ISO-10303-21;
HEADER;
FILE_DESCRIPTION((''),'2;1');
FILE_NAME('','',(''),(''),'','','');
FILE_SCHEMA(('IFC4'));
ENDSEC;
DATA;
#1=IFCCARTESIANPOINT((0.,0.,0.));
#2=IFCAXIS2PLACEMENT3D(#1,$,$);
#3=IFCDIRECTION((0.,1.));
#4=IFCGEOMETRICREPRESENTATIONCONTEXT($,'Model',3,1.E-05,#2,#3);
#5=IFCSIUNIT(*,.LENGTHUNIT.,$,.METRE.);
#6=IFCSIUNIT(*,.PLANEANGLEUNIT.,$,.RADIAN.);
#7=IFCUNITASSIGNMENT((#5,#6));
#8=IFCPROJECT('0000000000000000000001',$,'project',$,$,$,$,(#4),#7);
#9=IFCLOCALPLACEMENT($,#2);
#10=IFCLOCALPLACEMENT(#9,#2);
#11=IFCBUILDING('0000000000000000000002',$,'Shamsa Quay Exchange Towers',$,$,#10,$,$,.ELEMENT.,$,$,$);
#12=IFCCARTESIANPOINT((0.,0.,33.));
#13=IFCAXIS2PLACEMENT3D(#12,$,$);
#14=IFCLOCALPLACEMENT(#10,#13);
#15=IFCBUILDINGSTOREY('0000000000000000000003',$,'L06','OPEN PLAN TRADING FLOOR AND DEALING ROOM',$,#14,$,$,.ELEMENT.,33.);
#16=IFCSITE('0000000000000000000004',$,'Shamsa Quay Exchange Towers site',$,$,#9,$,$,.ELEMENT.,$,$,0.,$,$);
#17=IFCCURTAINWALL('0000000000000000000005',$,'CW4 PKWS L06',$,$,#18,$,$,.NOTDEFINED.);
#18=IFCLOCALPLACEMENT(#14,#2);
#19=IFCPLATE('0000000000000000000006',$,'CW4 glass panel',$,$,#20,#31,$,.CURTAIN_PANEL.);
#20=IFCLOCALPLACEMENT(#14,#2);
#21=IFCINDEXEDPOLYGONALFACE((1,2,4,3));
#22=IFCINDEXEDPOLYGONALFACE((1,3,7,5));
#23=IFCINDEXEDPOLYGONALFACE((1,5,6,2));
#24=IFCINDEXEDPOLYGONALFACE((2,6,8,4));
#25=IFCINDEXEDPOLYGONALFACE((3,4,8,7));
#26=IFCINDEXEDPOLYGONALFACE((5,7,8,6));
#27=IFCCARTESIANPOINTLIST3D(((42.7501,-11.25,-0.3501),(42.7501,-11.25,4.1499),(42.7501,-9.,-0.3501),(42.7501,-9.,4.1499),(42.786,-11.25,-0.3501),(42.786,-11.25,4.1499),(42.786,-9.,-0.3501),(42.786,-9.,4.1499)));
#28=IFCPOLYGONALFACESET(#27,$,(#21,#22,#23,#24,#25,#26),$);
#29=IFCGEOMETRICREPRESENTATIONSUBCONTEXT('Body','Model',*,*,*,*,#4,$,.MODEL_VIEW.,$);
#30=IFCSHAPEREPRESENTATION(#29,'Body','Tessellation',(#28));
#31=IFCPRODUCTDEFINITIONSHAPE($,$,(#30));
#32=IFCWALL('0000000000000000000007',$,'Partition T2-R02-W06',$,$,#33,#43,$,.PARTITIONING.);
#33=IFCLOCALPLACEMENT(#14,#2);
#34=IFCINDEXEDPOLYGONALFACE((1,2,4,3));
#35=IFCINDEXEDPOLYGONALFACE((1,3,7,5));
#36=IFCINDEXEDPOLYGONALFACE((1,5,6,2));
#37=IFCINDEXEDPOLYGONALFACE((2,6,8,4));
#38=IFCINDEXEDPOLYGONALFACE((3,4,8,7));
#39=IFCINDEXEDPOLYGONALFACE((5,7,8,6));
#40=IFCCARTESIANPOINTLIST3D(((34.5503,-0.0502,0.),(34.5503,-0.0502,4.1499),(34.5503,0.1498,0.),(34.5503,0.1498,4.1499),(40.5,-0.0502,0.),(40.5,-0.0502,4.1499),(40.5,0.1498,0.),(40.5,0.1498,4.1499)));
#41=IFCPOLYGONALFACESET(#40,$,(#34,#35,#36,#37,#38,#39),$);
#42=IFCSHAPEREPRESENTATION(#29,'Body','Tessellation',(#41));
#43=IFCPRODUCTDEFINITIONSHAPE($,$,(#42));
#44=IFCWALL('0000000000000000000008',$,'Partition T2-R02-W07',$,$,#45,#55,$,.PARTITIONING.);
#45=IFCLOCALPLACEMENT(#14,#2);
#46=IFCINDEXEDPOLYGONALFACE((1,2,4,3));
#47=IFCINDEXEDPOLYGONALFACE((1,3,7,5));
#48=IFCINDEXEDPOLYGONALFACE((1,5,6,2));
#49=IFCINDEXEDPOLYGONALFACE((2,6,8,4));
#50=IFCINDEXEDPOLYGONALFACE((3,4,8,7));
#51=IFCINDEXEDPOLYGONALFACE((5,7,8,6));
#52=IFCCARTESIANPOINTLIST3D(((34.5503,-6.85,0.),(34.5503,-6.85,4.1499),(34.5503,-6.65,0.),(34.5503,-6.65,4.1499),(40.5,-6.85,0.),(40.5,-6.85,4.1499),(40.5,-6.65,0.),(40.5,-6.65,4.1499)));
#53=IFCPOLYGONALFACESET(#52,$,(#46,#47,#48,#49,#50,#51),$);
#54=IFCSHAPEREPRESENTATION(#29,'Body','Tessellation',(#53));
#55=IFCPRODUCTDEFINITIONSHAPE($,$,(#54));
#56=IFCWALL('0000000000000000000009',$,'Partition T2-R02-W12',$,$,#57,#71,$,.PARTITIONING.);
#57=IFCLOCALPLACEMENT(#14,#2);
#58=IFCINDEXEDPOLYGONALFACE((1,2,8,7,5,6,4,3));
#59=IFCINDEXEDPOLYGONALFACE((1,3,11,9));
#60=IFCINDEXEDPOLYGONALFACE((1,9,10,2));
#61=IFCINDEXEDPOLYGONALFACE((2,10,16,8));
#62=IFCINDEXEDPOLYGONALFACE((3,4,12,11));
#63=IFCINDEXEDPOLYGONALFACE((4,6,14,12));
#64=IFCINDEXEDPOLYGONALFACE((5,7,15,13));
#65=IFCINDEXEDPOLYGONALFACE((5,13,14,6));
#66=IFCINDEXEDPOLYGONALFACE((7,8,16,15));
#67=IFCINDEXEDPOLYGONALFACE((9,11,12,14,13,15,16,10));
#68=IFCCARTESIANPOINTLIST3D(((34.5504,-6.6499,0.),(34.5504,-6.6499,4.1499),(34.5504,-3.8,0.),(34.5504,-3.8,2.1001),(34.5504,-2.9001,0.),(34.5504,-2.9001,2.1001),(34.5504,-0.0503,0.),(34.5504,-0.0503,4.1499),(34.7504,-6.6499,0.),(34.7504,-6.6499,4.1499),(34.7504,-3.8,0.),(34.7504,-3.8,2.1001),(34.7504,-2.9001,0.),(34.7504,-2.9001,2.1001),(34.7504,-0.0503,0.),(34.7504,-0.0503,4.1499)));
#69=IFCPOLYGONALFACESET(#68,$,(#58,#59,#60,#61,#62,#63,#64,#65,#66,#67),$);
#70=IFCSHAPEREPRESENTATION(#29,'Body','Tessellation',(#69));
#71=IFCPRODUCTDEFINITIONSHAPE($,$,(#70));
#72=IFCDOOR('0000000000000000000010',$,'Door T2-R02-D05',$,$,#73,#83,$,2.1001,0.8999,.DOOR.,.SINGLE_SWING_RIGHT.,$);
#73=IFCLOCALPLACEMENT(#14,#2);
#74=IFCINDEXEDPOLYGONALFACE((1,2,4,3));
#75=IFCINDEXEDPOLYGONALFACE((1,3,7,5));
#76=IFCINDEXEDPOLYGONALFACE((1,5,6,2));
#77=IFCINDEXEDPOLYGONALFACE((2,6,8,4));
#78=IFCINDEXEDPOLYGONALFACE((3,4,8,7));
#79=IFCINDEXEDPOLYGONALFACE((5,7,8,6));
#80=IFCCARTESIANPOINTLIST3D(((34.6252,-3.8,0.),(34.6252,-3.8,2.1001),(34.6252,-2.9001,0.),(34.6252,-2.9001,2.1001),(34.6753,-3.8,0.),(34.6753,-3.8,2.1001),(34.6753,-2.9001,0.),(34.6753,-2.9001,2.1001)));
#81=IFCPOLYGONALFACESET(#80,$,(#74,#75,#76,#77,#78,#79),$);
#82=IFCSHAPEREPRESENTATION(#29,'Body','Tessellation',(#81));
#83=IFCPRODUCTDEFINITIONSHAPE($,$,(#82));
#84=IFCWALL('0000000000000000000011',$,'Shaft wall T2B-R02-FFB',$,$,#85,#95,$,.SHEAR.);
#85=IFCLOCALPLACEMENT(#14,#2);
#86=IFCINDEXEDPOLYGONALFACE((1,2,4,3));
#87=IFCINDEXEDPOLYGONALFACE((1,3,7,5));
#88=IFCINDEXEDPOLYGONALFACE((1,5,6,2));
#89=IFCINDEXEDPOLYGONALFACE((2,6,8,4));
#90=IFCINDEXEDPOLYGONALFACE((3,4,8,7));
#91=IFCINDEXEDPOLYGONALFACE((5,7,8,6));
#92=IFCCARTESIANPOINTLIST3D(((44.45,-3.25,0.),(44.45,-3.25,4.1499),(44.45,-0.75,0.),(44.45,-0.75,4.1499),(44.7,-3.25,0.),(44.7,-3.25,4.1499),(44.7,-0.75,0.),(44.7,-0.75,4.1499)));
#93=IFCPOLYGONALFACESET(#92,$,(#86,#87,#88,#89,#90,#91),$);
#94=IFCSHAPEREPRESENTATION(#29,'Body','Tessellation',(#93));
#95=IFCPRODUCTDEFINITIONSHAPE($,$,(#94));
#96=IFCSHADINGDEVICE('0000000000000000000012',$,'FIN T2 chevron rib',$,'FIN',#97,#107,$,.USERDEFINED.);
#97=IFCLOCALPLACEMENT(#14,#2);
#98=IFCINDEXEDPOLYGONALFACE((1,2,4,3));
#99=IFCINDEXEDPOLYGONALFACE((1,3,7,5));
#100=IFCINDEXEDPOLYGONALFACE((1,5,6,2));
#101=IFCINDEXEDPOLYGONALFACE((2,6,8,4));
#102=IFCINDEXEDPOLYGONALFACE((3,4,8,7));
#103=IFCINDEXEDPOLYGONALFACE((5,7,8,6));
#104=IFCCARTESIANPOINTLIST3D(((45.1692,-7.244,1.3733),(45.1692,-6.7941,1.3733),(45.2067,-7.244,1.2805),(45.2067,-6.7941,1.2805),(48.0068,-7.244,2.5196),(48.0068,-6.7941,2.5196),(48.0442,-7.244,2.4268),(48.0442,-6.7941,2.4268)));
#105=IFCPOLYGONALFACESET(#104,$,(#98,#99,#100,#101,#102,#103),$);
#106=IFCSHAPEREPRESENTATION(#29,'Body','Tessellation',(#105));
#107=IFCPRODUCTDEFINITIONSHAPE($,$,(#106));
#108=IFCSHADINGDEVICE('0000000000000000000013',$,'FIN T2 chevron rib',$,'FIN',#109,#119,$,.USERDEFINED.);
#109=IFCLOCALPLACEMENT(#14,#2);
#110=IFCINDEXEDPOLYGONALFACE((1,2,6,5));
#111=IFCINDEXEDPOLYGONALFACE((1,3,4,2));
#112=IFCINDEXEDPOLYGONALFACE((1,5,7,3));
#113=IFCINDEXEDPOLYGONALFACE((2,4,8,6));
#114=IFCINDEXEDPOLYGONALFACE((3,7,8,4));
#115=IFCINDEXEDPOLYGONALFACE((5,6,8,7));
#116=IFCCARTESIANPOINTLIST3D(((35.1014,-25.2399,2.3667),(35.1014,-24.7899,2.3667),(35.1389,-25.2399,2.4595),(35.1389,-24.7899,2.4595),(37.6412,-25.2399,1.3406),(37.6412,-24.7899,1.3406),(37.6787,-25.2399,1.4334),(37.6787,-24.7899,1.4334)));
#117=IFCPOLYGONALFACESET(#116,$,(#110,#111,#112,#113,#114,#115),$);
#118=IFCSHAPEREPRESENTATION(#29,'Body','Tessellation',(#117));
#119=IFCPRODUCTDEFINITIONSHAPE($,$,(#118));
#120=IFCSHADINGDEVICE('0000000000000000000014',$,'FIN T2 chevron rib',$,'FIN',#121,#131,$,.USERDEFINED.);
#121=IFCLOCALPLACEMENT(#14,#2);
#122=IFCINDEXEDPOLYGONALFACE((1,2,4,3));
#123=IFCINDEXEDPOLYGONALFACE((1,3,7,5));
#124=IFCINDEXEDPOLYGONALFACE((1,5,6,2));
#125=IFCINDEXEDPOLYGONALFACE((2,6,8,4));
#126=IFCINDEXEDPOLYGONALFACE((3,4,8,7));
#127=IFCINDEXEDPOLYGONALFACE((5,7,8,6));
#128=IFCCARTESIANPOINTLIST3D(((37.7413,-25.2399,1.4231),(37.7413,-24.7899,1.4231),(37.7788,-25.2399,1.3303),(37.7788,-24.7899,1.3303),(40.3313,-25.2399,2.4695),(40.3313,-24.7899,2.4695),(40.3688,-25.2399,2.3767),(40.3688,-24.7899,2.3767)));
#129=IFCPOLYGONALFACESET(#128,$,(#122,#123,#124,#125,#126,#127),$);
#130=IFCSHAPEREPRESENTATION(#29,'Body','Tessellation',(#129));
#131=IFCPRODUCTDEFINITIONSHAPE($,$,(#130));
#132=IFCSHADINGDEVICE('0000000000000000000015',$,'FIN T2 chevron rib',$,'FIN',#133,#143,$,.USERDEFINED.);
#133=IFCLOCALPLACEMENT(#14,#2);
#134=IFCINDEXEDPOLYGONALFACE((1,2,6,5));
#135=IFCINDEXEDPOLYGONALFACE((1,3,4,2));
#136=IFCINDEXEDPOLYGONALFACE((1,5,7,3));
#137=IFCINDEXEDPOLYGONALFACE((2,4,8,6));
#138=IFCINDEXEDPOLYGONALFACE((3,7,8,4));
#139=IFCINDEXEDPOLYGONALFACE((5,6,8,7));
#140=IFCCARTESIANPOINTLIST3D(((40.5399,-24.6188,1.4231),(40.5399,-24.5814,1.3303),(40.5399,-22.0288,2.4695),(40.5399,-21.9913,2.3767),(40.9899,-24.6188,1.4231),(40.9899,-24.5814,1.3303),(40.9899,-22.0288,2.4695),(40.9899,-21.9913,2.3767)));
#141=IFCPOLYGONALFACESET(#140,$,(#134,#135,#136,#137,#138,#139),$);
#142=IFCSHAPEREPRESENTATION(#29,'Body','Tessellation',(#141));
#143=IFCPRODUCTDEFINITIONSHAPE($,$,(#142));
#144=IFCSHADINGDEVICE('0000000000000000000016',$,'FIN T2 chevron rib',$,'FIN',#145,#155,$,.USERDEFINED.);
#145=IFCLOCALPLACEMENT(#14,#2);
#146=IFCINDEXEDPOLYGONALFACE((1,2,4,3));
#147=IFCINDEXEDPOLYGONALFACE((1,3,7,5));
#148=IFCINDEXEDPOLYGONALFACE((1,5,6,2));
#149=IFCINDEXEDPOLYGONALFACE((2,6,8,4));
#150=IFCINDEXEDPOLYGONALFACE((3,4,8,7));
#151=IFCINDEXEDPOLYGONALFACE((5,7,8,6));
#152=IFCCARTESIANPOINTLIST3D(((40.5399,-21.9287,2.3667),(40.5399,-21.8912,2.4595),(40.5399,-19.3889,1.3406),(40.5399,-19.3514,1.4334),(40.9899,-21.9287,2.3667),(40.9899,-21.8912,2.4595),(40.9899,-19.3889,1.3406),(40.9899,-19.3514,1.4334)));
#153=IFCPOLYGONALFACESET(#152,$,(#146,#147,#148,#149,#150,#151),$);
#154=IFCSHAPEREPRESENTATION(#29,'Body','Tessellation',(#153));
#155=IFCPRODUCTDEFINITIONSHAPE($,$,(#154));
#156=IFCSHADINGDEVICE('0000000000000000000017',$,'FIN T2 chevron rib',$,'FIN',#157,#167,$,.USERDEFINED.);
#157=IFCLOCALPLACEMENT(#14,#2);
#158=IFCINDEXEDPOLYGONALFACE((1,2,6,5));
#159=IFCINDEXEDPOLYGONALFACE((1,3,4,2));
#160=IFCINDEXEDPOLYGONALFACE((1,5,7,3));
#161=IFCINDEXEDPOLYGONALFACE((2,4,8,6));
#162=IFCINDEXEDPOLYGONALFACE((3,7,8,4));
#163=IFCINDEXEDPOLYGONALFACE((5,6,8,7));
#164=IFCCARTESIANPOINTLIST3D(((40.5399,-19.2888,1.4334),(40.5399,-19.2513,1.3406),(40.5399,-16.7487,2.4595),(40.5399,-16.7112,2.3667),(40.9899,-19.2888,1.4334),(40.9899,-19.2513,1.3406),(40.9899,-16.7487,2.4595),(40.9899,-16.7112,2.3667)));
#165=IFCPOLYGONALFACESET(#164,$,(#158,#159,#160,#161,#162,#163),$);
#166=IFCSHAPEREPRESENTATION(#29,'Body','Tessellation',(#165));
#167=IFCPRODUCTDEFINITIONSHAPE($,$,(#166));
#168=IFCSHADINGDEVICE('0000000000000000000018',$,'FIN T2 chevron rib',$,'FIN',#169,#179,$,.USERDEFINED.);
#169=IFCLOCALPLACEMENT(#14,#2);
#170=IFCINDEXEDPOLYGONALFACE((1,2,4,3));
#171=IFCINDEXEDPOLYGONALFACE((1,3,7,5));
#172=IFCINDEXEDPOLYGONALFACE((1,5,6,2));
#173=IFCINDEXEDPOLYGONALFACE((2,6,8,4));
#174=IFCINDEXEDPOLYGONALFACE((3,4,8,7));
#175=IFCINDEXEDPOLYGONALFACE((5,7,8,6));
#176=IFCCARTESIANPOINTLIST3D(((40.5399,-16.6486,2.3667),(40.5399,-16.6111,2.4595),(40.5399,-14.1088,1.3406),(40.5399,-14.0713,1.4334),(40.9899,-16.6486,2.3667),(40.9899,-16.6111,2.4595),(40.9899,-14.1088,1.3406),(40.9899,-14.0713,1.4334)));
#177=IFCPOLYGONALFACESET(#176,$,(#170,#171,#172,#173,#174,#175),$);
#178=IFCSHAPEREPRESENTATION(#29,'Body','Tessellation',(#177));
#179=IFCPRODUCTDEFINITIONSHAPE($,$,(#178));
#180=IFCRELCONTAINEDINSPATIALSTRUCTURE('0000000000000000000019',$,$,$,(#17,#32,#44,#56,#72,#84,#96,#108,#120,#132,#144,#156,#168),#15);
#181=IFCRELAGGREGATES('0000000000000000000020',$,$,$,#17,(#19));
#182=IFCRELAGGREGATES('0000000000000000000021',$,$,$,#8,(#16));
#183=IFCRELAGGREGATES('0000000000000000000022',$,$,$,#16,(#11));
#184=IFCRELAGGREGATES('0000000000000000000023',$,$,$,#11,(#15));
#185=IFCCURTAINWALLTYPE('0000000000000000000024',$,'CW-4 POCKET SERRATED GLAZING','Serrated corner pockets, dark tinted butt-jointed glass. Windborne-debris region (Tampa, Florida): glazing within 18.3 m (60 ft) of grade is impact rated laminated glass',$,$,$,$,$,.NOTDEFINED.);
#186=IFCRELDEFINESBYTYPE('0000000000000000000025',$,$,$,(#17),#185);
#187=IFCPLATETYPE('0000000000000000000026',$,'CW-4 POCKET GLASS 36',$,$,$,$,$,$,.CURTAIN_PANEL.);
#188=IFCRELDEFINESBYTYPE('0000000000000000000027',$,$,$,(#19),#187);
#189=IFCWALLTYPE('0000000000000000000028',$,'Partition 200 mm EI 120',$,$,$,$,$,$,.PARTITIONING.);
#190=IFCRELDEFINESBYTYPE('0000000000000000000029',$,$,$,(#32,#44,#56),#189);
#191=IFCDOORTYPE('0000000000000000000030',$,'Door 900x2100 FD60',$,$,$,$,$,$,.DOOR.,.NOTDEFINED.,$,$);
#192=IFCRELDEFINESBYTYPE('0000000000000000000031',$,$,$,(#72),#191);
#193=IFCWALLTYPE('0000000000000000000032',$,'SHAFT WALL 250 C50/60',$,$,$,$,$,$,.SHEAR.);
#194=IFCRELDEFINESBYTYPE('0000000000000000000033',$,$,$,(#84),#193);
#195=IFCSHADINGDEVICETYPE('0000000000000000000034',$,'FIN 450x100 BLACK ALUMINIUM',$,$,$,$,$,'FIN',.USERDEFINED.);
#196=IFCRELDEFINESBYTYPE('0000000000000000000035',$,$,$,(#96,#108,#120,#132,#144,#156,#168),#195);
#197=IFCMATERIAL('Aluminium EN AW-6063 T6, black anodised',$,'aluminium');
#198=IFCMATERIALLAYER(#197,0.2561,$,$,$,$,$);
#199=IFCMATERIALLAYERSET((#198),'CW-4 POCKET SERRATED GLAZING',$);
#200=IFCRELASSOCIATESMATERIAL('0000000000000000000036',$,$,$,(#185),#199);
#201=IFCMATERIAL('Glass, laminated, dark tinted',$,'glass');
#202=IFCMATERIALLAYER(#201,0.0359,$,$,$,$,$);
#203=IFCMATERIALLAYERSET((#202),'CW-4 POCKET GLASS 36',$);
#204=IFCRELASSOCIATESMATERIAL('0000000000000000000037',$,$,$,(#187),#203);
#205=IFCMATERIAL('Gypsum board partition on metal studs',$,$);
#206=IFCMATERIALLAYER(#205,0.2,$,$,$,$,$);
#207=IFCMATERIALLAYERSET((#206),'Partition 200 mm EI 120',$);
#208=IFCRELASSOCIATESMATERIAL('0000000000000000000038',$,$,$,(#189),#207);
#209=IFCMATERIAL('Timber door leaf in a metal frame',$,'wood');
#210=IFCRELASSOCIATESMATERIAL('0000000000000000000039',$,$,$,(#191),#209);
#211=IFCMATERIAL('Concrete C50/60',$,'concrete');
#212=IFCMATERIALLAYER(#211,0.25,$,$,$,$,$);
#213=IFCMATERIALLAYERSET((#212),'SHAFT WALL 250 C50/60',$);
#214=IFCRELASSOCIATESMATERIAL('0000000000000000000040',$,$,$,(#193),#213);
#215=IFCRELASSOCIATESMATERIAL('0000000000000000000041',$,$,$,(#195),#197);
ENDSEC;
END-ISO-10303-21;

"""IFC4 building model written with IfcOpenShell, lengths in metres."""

from ifc_helpers import new_model, si_unit, direction, frame, frame_2d, origin, origin_2d, place, context, subcontext, project, spatial, rectangle, extrude, material, layer, layer_set, material_profile, profile_set, type_object, element, fill, aggregate, save


model = new_model("IFC4")

# Units and contexts
model_context = context("Model", 3, precision=1e-05, world=origin(), true_north=direction((0.0, 1.0)))
body_context = subcontext(model_context, "Body", "Model", "MODEL_VIEW")
ifc_project = project(units=[si_unit("LENGTHUNIT", "METRE"), si_unit("PLANEANGLEUNIT", "RADIAN")], contexts=[model_context])

# Site, building, storey
site_placement = place(None, origin())
site = spatial("IfcSite", under=ifc_project, at=site_placement, Name="Shamsa Quay Exchange Towers site", CompositionType="ELEMENT", RefElevation=0.0)
building_placement = place(site_placement, origin())
building = spatial("IfcBuilding", under=site, at=building_placement, Name="Shamsa Quay Exchange Towers", CompositionType="ELEMENT")
storey_placement = place(building_placement, frame((0.0, 0.0, 33.0)))
storey = spatial("IfcBuildingStorey", under=building, at=storey_placement, Name="L06", Description="OPEN PLAN TRADING FLOOR AND DEALING ROOM", CompositionType="ELEMENT", Elevation=33.0)

# Shared definitions
ifc_material_1 = material(Name="Aluminium EN AW-6063 T6, black anodised", Category="aluminium")

# Shared definitions
ifc_material_2 = material(Name="Glass, laminated, dark tinted", Category="glass")

# Curtain wall, plate
ifc_layer_1 = layer(ifc_material_1, 0.2561)
ifc_layer_set_1 = layer_set([ifc_layer_1], Name="CW-4 POCKET SERRATED GLAZING")
curtain_wall_type_1 = type_object("IfcCurtainWallType", Name="CW-4 POCKET SERRATED GLAZING", Description="Serrated corner pockets, dark tinted butt-jointed glass. Windborne-debris region (Tampa, Florida): glazing within 18.3 m (60 ft) of grade is impact rated laminated glass", PredefinedType="NOTDEFINED", material=ifc_layer_set_1)
curtain_wall_1_placement = place(storey_placement, origin())
curtain_wall_1 = element("IfcCurtainWall", 1, at=curtain_wall_1_placement, inside=storey, type_object=curtain_wall_type_1, Name="CW4 PKWS L06", PredefinedType="NOTDEFINED")
ifc_layer_2 = layer(ifc_material_2, 0.0359)
ifc_layer_set_2 = layer_set([ifc_layer_2], Name="CW-4 POCKET GLASS 36")
plate_type_1 = type_object("IfcPlateType", Name="CW-4 POCKET GLASS 36", PredefinedType="CURTAIN_PANEL", material=ifc_layer_set_2)
plate_1_placement = place(storey_placement, frame((42.7681, -10.125, -0.3501), z_axis=(0.0, 0.0, 1.0), x_axis=(0.0, 1.0, 0.0)))
plate_1 = element("IfcPlate", 2, at=plate_1_placement, type_object=plate_type_1, Name="CW4 glass panel", PredefinedType="CURTAIN_PANEL", context=body_context, shape_type="SweptSolid", body=[
    extrude(rectangle(XDim=2.25, YDim=0.0359, at=origin_2d()), origin(), (0.0, 0.0, 1.0), 4.5),
])
aggregate(curtain_wall_1, [plate_1])

# Shared definitions
ifc_material_3 = material(Name="Gypsum board partition on metal studs")
ifc_material_4 = material(Name="Timber door leaf in a metal frame", Category="wood")

# Walls
ifc_layer_3 = layer(ifc_material_3, 0.2)
ifc_layer_set_3 = layer_set([ifc_layer_3], Name="Partition 200 mm EI 120")
wall_type_1 = type_object("IfcWallType", Name="Partition 200 mm EI 120", PredefinedType="PARTITIONING", material=ifc_layer_set_3)
wall_1_placement = place(storey_placement, frame((40.5, 0.0498, 0.0), z_axis=(0.0, 0.0, 1.0), x_axis=(-1.0, 0.0, 0.0)))
element("IfcWall", 3, at=wall_1_placement, inside=storey, type_object=wall_type_1, Name="Partition T2-R02-W06", PredefinedType="PARTITIONING", context=body_context, shape_type="SweptSolid", body=[
    extrude(rectangle(XDim=5.9497, YDim=0.2, at=frame_2d((2.9749, 0.0))), origin(), (0.0, 0.0, 1.0), 4.1499),
])
wall_2_placement = place(storey_placement, frame((34.5503, -6.75, 0.0)))
element("IfcWall", 4, at=wall_2_placement, inside=storey, type_object=wall_type_1, Name="Partition T2-R02-W07", PredefinedType="PARTITIONING", context=body_context, shape_type="SweptSolid", body=[
    extrude(rectangle(XDim=5.9497, YDim=0.2, at=frame_2d((2.9749, 0.0))), origin(), (0.0, 0.0, 1.0), 4.1499),
])

# Wall, opening, door
wall_3_placement = place(storey_placement, frame((34.6504, -0.0503, 0.0), z_axis=(0.0, 0.0, 1.0), x_axis=(0.0, -1.0, 0.0)))
wall_3 = element("IfcWall", 5, at=wall_3_placement, inside=storey, type_object=wall_type_1, Name="Partition T2-R02-W12", PredefinedType="PARTITIONING", context=body_context, shape_type="SweptSolid", body=[
    extrude(rectangle(XDim=6.5996, YDim=0.2, at=frame_2d((3.2998, 0.0))), origin(), (0.0, 0.0, 1.0), 4.1499),
])
opening_1_placement = place(wall_3_placement, frame((2.8499, 0.0, 0.0)))
opening_1 = element("IfcOpeningElement", 6, at=opening_1_placement, cuts=wall_3, PredefinedType="OPENING", context=body_context, shape_type="SweptSolid", body=[
    extrude(rectangle(XDim=0.8999, YDim=2.1001, at=frame_2d((0.45, 1.05))), frame((0.0, 0.1099, 0.0), z_axis=(0.0, -1.0, 0.0), x_axis=(1.0, 0.0, 0.0)), (0.0, 0.0, 1.0), 0.22),
])
door_type_1 = type_object("IfcDoorType", Name="Door 900x2100 FD60", OperationType="NOTDEFINED", PredefinedType="DOOR", material=ifc_material_4)
door_1_placement = place(opening_1_placement, origin())
door_1 = element("IfcDoor", 7, at=door_1_placement, inside=storey, type_object=door_type_1, Name="Door T2-R02-D05", OperationType="SINGLE_SWING_RIGHT", OverallHeight=2.1001, OverallWidth=0.8999, PredefinedType="DOOR", context=body_context, shape_type="SweptSolid", body=[
    extrude(rectangle(XDim=0.8999, YDim=2.1001, at=frame_2d((0.45, 1.05))), frame((0.0, 0.0249, 0.0), z_axis=(0.0, -1.0, 0.0), x_axis=(1.0, 0.0, 0.0)), (0.0, 0.0, 1.0), 0.05),
])
fill(opening_1, door_1)

# Wall
ifc_material_5 = material(Name="Concrete C50/60", Category="concrete")
ifc_layer_4 = layer(ifc_material_5, 0.25)
ifc_layer_set_4 = layer_set([ifc_layer_4], Name="SHAFT WALL 250 C50/60")
wall_type_2 = type_object("IfcWallType", Name="SHAFT WALL 250 C50/60", PredefinedType="SHEAR", material=ifc_layer_set_4)
wall_4_placement = place(storey_placement, frame((44.575, -3.25, 0.0), z_axis=(0.0, 0.0, 1.0), x_axis=(0.0, 1.0, 0.0)))
element("IfcWall", 8, at=wall_4_placement, inside=storey, type_object=wall_type_2, Name="Shaft wall T2B-R02-FFB", PredefinedType="SHEAR", context=body_context, shape_type="SweptSolid", body=[
    extrude(rectangle(XDim=2.5, YDim=0.25, at=frame_2d((1.25, 0.0))), origin(), (0.0, 0.0, 1.0), 4.1499),
])

# Shading devices
ifc_material_profile_1 = material_profile(ifc_material_1, rectangle(XDim=0.45, YDim=0.1001, at=origin_2d()), Name="FIN450x100")
ifc_profile_set_1 = profile_set([ifc_material_profile_1], Name="Aluminium EN AW-6063 T6, black anodised")
shading_device_type = type_object("IfcShadingDeviceType", Name="FIN 450x100 BLACK ALUMINIUM", ElementType="FIN", PredefinedType="USERDEFINED", material=ifc_profile_set_1)
shading_device_1_placement = place(storey_placement, frame((45.188, -7.019, 1.3269), z_axis=(0.9272, 0.0, 0.374566), x_axis=(0.0, 1.0, 0.0)))
element("IfcShadingDevice", 9, at=shading_device_1_placement, inside=storey, type_object=shading_device_type, Name="FIN T2 chevron rib", ObjectType="FIN", PredefinedType="USERDEFINED", context=body_context, shape_type="SweptSolid", body=[
    extrude(rectangle(XDim=0.45, YDim=0.1001, at=origin_2d()), origin(), (0.0, 0.0, 1.0), 3.0603),
])
shading_device_2_placement = place(storey_placement, frame((35.1201, -25.0149, 2.4131), z_axis=(0.927186, 0.0, -0.3746), x_axis=(0.0, 1.0, 0.0)))
element("IfcShadingDevice", 10, at=shading_device_2_placement, inside=storey, type_object=shading_device_type, Name="FIN T2 chevron rib", ObjectType="FIN", PredefinedType="USERDEFINED", context=body_context, shape_type="SweptSolid", body=[
    extrude(rectangle(XDim=0.45, YDim=0.1001, at=origin_2d()), origin(), (0.0, 0.0, 1.0), 2.7393),
])
for number, where, z_axis, x_axis, name in (
    (11, (37.76, -25.0149, 1.3767), (0.927193, 0.0, 0.374583), (0.0, 1.0, 0.0), "FIN T2 chevron rib"),
    (12, (40.7649, -24.6001, 1.3767), (0.0, 0.927193, 0.374583), (-1.0, 0.0, 0.0), "FIN T2 chevron rib"),
):
    element("IfcShadingDevice", number, at=place(storey_placement, frame(where, z_axis=z_axis, x_axis=x_axis)), inside=storey, type_object=shading_device_type, Name=name, ObjectType="FIN", PredefinedType="USERDEFINED", context=body_context, shape_type="SweptSolid", body=[
        extrude(rectangle(XDim=0.45, YDim=0.1001, at=origin_2d()), origin(), (0.0, 0.0, 1.0), 2.7935),
    ])
shading_device_3_placement = place(storey_placement, frame((40.7649, -21.9099, 2.4131), z_axis=(0.0, 0.927186, -0.3746), x_axis=(-1.0, 0.0, 0.0)))
element("IfcShadingDevice", 13, at=shading_device_3_placement, inside=storey, type_object=shading_device_type, Name="FIN T2 chevron rib", ObjectType="FIN", PredefinedType="USERDEFINED", context=body_context, shape_type="SweptSolid", body=[
    extrude(rectangle(XDim=0.45, YDim=0.1001, at=origin_2d()), origin(), (0.0, 0.0, 1.0), 2.7393),
])
shading_device_4_placement = place(storey_placement, frame((40.7649, -19.27, 1.387), z_axis=(0.0, 0.927199, 0.374569), x_axis=(-1.0, 0.0, 0.0)))
element("IfcShadingDevice", 14, at=shading_device_4_placement, inside=storey, type_object=shading_device_type, Name="FIN T2 chevron rib", ObjectType="FIN", PredefinedType="USERDEFINED", context=body_context, shape_type="SweptSolid", body=[
    extrude(rectangle(XDim=0.45, YDim=0.1001, at=origin_2d()), origin(), (0.0, 0.0, 1.0), 2.7395),
])
shading_device_5_placement = place(storey_placement, frame((40.7649, -16.6299, 2.4131), z_axis=(0.0, 0.927186, -0.3746), x_axis=(-1.0, 0.0, 0.0)))
element("IfcShadingDevice", 15, at=shading_device_5_placement, inside=storey, type_object=shading_device_type, Name="FIN T2 chevron rib", ObjectType="FIN", PredefinedType="USERDEFINED", context=body_context, shape_type="SweptSolid", body=[
    extrude(rectangle(XDim=0.45, YDim=0.1001, at=origin_2d()), origin(), (0.0, 0.0, 1.0), 2.7393),
])

save(model, "model.ifc")
